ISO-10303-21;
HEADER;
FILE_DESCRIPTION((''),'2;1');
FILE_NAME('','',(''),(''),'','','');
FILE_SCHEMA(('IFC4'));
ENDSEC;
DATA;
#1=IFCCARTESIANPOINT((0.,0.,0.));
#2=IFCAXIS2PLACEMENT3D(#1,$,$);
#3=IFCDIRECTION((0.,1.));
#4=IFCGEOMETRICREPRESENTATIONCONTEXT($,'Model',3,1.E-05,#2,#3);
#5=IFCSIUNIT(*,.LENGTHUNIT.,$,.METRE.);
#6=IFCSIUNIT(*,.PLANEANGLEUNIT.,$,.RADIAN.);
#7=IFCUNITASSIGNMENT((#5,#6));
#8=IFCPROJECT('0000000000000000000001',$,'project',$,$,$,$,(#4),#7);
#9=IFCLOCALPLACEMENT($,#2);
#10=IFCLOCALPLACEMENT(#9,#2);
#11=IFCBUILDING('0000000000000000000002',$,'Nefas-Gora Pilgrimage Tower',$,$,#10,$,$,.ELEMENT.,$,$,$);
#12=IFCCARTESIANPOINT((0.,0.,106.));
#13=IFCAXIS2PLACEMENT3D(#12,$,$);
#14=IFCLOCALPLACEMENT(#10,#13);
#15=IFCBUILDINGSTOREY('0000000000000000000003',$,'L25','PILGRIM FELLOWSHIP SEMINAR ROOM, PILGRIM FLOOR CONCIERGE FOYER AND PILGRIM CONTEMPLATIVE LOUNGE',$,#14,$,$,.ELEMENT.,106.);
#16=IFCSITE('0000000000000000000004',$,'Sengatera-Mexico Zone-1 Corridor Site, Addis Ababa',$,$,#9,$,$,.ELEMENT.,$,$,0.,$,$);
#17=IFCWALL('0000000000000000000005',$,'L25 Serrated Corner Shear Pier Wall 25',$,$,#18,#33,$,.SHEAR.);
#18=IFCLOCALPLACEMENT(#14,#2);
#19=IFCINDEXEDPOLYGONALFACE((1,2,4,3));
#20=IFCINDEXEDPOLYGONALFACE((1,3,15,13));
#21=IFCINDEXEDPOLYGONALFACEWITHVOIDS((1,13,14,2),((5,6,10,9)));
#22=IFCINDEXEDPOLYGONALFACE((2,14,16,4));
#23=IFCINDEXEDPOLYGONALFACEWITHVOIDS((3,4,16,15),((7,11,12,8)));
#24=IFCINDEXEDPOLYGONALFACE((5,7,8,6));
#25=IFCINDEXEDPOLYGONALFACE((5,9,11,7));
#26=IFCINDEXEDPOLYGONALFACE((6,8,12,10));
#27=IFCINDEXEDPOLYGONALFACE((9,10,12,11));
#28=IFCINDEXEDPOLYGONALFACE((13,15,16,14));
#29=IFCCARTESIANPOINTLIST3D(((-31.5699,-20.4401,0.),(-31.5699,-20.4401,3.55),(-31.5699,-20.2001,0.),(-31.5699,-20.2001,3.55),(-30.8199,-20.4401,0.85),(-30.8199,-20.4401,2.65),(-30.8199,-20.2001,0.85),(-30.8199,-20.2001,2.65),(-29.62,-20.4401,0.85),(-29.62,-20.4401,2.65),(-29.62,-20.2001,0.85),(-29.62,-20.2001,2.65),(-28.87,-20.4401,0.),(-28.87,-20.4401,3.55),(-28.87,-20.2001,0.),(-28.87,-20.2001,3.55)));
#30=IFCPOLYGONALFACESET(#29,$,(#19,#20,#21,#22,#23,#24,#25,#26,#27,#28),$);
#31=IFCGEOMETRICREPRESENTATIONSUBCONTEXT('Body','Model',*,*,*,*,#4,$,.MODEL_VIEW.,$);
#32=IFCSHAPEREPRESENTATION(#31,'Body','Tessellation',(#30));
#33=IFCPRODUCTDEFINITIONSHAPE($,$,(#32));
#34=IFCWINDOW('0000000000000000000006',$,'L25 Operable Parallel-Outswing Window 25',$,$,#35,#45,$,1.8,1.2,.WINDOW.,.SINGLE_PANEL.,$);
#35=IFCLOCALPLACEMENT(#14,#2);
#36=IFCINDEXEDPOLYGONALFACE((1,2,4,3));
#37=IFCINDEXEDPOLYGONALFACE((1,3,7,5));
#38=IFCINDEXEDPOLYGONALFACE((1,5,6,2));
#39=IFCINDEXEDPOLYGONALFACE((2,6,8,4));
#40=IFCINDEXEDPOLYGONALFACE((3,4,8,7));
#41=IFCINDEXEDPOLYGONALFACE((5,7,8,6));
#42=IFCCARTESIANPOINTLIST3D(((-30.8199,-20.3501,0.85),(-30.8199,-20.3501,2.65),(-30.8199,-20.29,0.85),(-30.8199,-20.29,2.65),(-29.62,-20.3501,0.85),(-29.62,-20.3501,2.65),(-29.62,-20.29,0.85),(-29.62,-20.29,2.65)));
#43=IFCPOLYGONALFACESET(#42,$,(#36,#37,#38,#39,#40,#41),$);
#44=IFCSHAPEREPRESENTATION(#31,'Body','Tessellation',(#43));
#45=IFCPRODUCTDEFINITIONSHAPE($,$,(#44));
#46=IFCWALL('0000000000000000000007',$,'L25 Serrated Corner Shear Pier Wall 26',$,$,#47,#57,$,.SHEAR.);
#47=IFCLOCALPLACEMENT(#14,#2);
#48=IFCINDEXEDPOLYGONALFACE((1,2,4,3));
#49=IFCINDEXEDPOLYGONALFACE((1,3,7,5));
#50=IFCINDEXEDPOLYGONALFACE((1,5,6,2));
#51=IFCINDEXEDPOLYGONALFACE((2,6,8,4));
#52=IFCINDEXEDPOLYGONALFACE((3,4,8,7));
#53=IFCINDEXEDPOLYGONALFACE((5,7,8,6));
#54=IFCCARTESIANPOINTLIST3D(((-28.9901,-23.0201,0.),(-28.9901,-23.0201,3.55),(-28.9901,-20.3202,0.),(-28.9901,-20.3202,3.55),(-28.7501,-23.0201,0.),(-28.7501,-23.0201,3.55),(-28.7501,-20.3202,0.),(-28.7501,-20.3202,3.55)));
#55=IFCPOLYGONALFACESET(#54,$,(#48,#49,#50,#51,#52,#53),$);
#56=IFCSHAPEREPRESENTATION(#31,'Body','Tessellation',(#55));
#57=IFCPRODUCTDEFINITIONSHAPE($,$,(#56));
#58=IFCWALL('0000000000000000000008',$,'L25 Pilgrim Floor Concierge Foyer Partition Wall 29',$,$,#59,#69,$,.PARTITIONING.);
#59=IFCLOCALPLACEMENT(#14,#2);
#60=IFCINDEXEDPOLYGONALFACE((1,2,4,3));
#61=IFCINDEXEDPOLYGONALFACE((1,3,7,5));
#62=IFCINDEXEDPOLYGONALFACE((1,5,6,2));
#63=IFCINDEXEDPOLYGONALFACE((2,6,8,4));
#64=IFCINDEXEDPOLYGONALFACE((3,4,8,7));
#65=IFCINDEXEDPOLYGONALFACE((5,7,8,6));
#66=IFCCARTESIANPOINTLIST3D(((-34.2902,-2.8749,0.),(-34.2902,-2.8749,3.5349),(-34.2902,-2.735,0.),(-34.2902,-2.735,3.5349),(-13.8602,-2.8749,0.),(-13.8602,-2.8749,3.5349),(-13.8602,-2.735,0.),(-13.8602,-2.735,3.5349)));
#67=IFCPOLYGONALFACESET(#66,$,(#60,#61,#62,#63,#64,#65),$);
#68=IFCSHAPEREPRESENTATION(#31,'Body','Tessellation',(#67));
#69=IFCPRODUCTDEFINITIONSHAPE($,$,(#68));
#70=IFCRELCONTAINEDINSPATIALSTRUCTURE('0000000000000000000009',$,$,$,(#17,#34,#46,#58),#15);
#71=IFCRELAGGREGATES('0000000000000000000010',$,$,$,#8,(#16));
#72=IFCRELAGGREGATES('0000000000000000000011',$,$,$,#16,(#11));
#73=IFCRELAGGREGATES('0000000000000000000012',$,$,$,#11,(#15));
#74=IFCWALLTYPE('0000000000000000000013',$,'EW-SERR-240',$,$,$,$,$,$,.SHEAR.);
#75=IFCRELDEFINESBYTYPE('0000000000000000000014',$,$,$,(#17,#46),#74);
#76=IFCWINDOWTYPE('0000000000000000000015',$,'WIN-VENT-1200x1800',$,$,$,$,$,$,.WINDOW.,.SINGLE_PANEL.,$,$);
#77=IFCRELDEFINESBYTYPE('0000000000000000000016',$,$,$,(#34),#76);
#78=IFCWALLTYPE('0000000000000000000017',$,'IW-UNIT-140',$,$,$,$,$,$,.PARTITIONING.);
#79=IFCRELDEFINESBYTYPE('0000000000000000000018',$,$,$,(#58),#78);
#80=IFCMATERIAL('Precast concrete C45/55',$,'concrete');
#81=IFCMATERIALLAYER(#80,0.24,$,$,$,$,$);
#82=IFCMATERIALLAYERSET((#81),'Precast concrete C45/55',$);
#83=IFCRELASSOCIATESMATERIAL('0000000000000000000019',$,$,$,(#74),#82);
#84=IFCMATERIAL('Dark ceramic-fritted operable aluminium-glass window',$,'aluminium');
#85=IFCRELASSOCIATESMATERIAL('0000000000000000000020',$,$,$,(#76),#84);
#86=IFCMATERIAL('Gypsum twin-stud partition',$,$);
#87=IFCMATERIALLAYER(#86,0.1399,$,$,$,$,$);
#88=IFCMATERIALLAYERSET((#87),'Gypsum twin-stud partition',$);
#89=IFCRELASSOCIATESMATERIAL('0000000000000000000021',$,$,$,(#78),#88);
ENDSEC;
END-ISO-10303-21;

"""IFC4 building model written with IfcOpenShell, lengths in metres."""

from ifc_helpers import new_model, si_unit, direction, frame, frame_2d, origin, place, context, subcontext, project, spatial, rectangle, extrude, source, transform, mapped, material, layer, layer_set, type_object, element, fill, save


model = new_model("IFC4")

# Units and contexts
model_context = context("Model", 3, precision=1e-05, world=origin(), true_north=direction((0.0, 1.0)))
body_context = subcontext(model_context, "Body", "Model", "MODEL_VIEW")
ifc_project = project(units=[si_unit("LENGTHUNIT", "METRE"), si_unit("PLANEANGLEUNIT", "RADIAN")], contexts=[model_context])

# Site, building, storey
site_placement = place(None, origin())
site = spatial("IfcSite", under=ifc_project, at=site_placement, Name="Sengatera-Mexico Zone-1 Corridor Site, Addis Ababa", CompositionType="ELEMENT", RefElevation=0.0)
building_placement = place(site_placement, origin())
building = spatial("IfcBuilding", under=site, at=building_placement, Name="Nefas-Gora Pilgrimage Tower", CompositionType="ELEMENT")
storey_placement = place(building_placement, frame((0.0, 0.0, 106.0)))
storey = spatial("IfcBuildingStorey", under=building, at=storey_placement, Name="L25", Description="PILGRIM FELLOWSHIP SEMINAR ROOM, PILGRIM FLOOR CONCIERGE FOYER AND PILGRIM CONTEMPLATIVE LOUNGE", CompositionType="ELEMENT", Elevation=106.0)

# Shared definitions
ifc_material_1 = material(Name="Precast concrete C45/55", Category="concrete")
ifc_layer_1 = layer(ifc_material_1, 0.24)
ifc_layer_set_1 = layer_set([ifc_layer_1], Name="Precast concrete C45/55")
wall_type_1 = type_object("IfcWallType", Name="EW-SERR-240", PredefinedType="SHEAR", material=ifc_layer_set_1)
shared_shape_1 = source(origin(), body_context, "Body", "SweptSolid", [
    extrude(rectangle(XDim=2.7, YDim=0.24, at=frame_2d((1.3501, 0.0))), origin(), (0.0, 0.0, 1.0), 3.55),
])

# Wall, opening, window
wall_1_placement = place(storey_placement, frame((-31.5701, -20.3201, 0.0), z_axis=(0.0, 0.0, 1.0), x_axis=(1.0, 0.0, 0.0)))
wall_1 = element("IfcWall", 1, at=wall_1_placement, inside=storey, type_object=wall_type_1, Name="L25 Serrated Corner Shear Pier Wall 25", PredefinedType="SHEAR", context=body_context, shape_type="MappedRepresentation", body=[
    mapped(shared_shape_1, transform((0.0, 0.0, 0.0), x_axis=(1.0, 0.0, 0.0), y_axis=(0.0, 1.0, 0.0), z_axis=(0.0, 0.0, 1.0), scale=1.0)),
])
opening_placement = place(wall_1_placement, frame((0.75, 0.0, 0.8501)))
opening = element("IfcOpeningElement", 2, at=opening_placement, cuts=wall_1, PredefinedType="OPENING", context=body_context, shape_type="SweptSolid", body=[
    extrude(rectangle(XDim=1.2, YDim=1.8, at=frame_2d((0.6001, 0.8999))), frame((0.0, 0.1299, 0.0), z_axis=(0.0, -1.0, 0.0), x_axis=(1.0, 0.0, 0.0)), (0.0, 0.0, 1.0), 0.26),
])
ifc_material_2 = material(Name="Dark ceramic-fritted operable aluminium-glass window", Category="aluminium")
window_type = type_object("IfcWindowType", Name="WIN-VENT-1200x1800", PartitioningType="SINGLE_PANEL", PredefinedType="WINDOW", material=ifc_material_2)
shared_shape_2 = source(origin(), body_context, "Body", "SweptSolid", [
    extrude(rectangle(XDim=1.2, YDim=1.8, at=frame_2d((0.6001, 0.8999))), frame((0.0, 0.03, 0.0), z_axis=(0.0, -1.0, 0.0), x_axis=(1.0, 0.0, 0.0)), (0.0, 0.0, 1.0), 0.0601),
])
window_placement = place(opening_placement, origin())
window = element("IfcWindow", 3, at=window_placement, inside=storey, type_object=window_type, Name="L25 Operable Parallel-Outswing Window 25", OverallHeight=1.8, OverallWidth=1.2, PartitioningType="SINGLE_PANEL", PredefinedType="WINDOW", context=body_context, shape_type="MappedRepresentation", body=[
    mapped(shared_shape_2, transform((0.0, 0.0, 0.0), x_axis=(1.0, 0.0, 0.0), y_axis=(0.0, 1.0, 0.0), z_axis=(0.0, 0.0, 1.0), scale=1.0)),
])
fill(opening, window)

# Walls
wall_2_placement = place(storey_placement, frame((-28.8701, -20.3201, 0.0), z_axis=(0.0, 0.0, 1.0), x_axis=(0.0, -1.0, 0.0)))
element("IfcWall", 4, at=wall_2_placement, inside=storey, type_object=wall_type_1, Name="L25 Serrated Corner Shear Pier Wall 26", PredefinedType="SHEAR", context=body_context, shape_type="MappedRepresentation", body=[
    mapped(shared_shape_1, transform((0.0, 0.0, 0.0), x_axis=(1.0, 0.0, 0.0), y_axis=(0.0, 1.0, 0.0), z_axis=(0.0, 0.0, 1.0), scale=1.0)),
])
ifc_material_3 = material(Name="Gypsum twin-stud partition")
ifc_layer_2 = layer(ifc_material_3, 0.1399)
ifc_layer_set_2 = layer_set([ifc_layer_2], Name="Gypsum twin-stud partition")
wall_type_2 = type_object("IfcWallType", Name="IW-UNIT-140", PredefinedType="PARTITIONING", material=ifc_layer_set_2)
shared_shape_3 = source(origin(), body_context, "Body", "SweptSolid", [
    extrude(rectangle(XDim=20.4299, YDim=0.1399, at=frame_2d((10.2148, 0.0))), origin(), (0.0, 0.0, 1.0), 3.5349),
])
wall_3_placement = place(storey_placement, frame((-34.29, -2.8049, 0.0), z_axis=(0.0, 0.0, 1.0), x_axis=(1.0, 0.0, 0.0)))
element("IfcWall", 5, at=wall_3_placement, inside=storey, type_object=wall_type_2, Name="L25 Pilgrim Floor Concierge Foyer Partition Wall 29", PredefinedType="PARTITIONING", context=body_context, shape_type="MappedRepresentation", body=[
    mapped(shared_shape_3, transform((0.0, 0.0, 0.0), x_axis=(1.0, 0.0, 0.0), y_axis=(0.0, 1.0, 0.0), z_axis=(0.0, 0.0, 1.0), scale=1.0)),
])

save(model, "model.ifc")
